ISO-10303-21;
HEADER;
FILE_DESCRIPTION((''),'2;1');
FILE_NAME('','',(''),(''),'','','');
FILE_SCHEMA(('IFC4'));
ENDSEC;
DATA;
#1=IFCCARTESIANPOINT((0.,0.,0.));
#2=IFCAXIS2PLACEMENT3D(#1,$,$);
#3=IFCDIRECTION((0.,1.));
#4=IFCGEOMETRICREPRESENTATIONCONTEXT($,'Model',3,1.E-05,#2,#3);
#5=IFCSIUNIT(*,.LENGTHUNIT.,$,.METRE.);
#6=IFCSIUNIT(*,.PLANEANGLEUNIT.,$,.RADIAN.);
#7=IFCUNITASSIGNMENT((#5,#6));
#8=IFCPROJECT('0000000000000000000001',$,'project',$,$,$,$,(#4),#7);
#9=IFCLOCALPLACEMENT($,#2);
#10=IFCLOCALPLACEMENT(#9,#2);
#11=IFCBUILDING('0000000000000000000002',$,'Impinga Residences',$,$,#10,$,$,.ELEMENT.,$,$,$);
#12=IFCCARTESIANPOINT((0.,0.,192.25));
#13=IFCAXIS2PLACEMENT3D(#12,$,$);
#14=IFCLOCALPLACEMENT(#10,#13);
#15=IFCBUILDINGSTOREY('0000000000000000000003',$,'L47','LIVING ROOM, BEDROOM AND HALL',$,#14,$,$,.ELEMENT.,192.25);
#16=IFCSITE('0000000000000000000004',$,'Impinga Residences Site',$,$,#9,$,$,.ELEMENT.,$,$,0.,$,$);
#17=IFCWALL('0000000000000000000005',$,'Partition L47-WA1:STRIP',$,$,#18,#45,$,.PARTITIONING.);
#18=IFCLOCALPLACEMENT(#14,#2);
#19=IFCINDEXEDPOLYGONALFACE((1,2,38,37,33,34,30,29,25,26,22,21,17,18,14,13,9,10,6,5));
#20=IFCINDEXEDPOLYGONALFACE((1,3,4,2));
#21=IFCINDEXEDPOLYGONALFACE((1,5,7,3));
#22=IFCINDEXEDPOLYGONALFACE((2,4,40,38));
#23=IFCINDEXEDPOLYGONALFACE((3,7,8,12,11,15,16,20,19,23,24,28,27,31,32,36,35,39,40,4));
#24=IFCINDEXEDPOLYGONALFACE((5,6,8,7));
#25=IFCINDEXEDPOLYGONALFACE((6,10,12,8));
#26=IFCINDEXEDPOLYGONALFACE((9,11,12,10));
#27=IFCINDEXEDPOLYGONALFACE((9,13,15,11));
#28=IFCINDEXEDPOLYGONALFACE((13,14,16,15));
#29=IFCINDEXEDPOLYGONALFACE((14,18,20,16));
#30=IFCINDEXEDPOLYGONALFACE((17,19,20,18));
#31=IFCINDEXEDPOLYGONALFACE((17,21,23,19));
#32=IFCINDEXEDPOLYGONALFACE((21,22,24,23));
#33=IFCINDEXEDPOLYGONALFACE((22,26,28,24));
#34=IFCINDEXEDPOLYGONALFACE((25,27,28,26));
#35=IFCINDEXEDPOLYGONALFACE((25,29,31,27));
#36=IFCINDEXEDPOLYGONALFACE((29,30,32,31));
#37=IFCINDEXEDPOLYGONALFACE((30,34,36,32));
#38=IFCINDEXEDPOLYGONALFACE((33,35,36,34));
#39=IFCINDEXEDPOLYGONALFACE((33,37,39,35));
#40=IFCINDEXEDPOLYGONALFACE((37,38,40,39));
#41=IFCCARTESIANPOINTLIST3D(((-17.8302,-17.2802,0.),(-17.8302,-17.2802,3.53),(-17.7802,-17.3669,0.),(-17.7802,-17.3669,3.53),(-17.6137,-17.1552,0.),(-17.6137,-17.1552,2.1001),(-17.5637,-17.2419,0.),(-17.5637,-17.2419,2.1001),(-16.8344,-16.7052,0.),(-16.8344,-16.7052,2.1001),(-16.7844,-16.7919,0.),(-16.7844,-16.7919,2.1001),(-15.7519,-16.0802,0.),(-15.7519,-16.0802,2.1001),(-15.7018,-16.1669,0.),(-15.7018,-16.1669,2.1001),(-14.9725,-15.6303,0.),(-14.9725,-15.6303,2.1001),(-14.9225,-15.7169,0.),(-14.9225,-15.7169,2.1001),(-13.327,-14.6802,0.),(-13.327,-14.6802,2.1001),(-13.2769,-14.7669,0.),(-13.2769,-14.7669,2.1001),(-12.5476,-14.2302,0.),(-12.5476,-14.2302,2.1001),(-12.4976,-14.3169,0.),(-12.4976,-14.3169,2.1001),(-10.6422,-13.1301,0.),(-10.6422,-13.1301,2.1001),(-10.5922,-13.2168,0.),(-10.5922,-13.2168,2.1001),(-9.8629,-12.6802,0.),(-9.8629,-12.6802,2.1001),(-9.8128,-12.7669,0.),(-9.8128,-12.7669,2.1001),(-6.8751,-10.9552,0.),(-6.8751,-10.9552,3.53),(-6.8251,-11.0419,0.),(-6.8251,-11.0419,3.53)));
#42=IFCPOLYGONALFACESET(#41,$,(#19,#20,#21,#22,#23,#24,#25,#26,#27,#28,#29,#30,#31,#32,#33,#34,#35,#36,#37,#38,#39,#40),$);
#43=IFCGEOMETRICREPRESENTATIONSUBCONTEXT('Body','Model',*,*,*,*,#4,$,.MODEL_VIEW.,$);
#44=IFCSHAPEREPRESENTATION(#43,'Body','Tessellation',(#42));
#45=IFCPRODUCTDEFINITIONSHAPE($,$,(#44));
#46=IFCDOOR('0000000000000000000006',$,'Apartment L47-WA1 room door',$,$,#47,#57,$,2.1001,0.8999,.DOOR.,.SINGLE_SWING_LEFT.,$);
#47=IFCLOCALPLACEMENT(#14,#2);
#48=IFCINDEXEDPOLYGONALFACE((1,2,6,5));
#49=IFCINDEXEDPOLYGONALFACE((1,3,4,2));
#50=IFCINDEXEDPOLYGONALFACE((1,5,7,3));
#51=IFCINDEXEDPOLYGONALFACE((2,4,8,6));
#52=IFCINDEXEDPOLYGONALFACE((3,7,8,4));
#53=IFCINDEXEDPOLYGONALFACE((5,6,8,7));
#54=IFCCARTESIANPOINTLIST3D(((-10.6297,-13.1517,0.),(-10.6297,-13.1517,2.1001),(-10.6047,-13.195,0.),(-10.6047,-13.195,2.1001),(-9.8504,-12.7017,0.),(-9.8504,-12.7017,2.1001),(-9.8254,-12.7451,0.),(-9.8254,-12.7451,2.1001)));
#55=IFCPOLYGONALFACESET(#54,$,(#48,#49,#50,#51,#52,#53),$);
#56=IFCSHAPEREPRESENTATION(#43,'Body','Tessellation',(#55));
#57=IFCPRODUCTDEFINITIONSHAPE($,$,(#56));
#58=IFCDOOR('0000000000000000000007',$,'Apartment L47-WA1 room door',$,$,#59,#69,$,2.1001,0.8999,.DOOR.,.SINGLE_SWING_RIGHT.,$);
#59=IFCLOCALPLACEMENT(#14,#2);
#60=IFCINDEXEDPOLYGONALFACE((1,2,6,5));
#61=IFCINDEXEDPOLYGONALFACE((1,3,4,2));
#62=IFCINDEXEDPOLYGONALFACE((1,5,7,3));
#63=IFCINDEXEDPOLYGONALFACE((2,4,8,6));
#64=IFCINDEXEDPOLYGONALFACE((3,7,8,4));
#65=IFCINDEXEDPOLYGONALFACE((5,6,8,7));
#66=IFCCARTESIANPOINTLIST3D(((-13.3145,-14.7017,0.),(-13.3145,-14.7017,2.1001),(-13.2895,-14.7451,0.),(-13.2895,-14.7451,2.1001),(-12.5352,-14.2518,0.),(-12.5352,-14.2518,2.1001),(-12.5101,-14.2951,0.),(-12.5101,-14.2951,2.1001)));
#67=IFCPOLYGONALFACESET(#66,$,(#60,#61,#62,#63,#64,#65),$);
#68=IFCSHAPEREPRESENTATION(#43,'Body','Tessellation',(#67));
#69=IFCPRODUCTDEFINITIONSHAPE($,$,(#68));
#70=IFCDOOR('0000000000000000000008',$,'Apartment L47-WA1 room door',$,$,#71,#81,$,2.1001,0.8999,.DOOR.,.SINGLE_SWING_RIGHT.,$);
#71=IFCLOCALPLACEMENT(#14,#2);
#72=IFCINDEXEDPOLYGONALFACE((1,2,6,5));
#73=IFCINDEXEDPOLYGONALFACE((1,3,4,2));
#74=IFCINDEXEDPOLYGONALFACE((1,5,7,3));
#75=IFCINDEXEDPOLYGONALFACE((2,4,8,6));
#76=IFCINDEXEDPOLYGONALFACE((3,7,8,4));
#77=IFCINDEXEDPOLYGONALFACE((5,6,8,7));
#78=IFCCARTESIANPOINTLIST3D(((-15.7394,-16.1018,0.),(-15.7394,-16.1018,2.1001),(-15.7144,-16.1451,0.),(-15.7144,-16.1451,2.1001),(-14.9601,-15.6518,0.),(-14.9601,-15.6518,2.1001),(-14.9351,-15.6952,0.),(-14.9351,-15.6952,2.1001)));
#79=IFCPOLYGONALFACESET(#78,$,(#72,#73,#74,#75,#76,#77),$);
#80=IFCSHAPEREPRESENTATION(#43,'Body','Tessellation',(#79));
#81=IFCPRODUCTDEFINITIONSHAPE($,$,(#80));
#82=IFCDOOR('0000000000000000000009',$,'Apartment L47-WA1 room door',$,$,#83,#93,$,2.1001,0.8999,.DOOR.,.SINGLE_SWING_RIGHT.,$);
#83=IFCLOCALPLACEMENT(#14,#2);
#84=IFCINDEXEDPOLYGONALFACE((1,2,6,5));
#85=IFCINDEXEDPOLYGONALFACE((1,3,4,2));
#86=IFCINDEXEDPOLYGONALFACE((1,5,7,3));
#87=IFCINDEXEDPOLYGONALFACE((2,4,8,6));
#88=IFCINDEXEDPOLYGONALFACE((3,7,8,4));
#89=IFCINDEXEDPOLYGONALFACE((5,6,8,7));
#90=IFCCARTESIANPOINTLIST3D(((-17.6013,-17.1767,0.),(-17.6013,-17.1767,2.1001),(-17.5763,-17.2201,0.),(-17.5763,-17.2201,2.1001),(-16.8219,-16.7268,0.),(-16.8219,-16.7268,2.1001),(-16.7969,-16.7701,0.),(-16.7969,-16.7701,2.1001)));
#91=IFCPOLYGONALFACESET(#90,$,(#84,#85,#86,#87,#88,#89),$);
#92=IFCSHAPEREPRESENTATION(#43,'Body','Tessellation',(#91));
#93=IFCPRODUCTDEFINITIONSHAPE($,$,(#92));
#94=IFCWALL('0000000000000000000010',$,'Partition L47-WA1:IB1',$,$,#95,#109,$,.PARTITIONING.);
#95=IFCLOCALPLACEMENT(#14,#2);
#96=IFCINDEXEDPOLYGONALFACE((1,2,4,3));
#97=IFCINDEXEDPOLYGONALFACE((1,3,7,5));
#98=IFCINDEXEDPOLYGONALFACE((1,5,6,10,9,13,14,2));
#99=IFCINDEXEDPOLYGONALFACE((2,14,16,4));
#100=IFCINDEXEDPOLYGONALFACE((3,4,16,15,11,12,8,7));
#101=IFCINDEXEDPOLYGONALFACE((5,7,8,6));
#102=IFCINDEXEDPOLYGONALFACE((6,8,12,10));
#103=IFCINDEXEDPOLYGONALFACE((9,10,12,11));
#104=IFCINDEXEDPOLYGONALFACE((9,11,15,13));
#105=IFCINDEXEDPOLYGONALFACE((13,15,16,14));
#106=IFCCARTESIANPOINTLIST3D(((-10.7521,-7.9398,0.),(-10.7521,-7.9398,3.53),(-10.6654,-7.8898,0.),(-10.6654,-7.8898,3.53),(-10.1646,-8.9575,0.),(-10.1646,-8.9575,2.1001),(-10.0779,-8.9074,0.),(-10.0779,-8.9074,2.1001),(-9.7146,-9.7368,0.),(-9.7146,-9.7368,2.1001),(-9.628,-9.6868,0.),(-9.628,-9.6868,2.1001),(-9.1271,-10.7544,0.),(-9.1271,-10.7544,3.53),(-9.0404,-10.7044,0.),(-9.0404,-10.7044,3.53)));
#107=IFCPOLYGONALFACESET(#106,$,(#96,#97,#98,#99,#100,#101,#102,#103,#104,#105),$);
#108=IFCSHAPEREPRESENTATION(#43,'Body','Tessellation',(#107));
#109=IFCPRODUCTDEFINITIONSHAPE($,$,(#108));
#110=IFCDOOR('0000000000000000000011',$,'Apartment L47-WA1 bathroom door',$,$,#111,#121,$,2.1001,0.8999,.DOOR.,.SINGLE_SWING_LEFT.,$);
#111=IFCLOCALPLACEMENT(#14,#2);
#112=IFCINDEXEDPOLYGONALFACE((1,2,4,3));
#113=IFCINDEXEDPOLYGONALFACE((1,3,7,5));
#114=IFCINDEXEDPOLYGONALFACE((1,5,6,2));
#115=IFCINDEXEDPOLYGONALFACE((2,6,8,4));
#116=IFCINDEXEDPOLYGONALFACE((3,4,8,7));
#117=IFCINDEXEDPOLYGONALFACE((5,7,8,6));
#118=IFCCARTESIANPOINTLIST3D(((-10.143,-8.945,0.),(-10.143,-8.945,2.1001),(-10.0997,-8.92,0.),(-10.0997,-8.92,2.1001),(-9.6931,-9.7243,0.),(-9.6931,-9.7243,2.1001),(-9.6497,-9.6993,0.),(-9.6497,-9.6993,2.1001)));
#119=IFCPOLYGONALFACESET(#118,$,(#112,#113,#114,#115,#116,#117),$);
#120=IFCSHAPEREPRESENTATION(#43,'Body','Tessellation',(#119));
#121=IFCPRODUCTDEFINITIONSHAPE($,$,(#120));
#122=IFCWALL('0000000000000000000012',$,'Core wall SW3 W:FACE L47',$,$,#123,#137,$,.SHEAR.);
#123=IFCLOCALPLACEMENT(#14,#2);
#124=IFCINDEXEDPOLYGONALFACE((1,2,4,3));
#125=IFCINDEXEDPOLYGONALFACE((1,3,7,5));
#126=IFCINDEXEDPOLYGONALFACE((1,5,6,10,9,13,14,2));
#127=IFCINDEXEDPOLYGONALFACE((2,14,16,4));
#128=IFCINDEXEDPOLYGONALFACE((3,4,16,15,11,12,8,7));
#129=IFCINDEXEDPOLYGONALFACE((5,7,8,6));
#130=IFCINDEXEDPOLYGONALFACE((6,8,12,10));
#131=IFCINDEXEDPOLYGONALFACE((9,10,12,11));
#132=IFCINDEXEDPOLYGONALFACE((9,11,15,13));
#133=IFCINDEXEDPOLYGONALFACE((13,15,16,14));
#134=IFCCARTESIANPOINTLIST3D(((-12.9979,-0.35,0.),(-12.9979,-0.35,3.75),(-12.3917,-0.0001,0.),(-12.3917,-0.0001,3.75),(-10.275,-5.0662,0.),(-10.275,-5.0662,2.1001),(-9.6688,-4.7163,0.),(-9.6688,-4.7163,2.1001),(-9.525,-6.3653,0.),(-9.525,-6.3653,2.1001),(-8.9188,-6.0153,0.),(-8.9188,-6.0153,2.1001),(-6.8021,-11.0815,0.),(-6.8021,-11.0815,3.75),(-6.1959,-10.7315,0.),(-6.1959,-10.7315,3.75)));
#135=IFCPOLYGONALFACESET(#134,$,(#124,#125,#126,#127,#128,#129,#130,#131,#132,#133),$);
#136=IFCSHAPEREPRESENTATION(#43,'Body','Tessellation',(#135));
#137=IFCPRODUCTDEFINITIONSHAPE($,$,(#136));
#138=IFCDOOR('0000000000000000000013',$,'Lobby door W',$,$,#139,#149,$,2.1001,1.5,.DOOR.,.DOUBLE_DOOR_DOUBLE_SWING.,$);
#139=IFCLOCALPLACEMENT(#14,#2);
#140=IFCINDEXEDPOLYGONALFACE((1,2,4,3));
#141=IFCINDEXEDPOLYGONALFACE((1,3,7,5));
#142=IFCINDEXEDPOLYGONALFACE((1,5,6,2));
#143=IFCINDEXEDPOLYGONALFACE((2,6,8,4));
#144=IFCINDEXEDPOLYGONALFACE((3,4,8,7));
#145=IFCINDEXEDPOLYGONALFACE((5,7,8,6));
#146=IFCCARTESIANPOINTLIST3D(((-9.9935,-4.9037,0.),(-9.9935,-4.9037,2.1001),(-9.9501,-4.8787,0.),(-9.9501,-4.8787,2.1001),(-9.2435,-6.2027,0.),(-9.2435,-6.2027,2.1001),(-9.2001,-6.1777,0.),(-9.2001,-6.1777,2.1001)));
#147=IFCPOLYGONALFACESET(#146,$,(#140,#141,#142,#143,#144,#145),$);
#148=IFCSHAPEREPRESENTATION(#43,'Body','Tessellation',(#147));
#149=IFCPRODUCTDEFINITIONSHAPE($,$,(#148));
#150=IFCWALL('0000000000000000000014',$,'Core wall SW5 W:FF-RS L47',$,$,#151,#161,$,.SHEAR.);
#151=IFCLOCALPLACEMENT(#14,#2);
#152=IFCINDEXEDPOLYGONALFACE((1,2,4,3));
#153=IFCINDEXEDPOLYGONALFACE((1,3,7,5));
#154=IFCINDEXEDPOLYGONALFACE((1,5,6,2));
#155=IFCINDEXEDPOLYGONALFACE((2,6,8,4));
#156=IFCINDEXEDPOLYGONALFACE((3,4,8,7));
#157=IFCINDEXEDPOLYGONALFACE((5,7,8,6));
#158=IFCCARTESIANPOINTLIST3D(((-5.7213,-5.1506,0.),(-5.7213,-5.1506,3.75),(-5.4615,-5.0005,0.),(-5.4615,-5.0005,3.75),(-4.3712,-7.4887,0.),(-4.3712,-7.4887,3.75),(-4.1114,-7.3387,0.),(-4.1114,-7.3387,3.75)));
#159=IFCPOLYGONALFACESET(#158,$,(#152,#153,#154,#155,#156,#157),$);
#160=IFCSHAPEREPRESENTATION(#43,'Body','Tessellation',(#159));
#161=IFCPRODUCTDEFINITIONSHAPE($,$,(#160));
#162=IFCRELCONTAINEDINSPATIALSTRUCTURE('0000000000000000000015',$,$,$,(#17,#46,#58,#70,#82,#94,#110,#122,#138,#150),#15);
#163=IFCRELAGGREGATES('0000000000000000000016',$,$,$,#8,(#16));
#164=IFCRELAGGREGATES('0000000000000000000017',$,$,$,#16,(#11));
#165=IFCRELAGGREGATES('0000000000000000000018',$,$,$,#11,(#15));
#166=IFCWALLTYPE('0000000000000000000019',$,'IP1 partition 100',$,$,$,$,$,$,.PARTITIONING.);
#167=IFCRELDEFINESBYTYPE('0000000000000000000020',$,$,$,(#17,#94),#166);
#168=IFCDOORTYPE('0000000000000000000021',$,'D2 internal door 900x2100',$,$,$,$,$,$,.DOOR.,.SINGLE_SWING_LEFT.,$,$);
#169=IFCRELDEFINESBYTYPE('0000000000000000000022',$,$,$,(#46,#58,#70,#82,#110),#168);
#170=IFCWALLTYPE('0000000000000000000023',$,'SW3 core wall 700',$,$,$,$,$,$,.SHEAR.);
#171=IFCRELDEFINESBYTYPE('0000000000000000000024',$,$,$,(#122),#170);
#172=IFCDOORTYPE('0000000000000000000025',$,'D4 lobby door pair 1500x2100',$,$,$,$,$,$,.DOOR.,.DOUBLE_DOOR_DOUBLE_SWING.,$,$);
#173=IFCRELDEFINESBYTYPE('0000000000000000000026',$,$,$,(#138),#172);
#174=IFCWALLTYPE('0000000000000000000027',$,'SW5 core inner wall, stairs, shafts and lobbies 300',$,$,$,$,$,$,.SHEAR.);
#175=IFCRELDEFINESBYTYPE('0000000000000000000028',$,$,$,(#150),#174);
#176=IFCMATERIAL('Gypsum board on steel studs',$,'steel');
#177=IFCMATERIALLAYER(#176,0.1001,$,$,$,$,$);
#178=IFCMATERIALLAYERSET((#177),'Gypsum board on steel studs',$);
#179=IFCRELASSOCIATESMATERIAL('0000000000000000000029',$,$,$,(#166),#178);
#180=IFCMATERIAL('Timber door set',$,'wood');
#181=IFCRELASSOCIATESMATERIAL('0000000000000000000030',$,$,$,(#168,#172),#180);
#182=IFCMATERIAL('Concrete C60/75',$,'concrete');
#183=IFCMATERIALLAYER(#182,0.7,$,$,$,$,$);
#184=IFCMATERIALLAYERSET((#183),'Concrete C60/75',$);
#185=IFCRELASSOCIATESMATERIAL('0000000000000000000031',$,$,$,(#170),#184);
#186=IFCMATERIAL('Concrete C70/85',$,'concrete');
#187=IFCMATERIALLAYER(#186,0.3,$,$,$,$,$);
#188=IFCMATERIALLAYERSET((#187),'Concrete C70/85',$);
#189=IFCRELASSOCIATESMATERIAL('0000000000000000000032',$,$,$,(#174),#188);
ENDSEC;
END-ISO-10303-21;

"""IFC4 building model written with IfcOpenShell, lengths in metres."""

from ifc_helpers import new_model, si_unit, direction, frame, frame_2d, origin, place, context, subcontext, project, spatial, rectangle, extrude, material, layer, layer_set, type_object, element, fill, save


model = new_model("IFC4")

# Units and contexts
model_context = context("Model", 3, precision=1e-05, world=origin(), true_north=direction((0.0, 1.0)))
body_context = subcontext(model_context, "Body", "Model", "MODEL_VIEW")
ifc_project = project(units=[si_unit("LENGTHUNIT", "METRE"), si_unit("PLANEANGLEUNIT", "RADIAN")], contexts=[model_context])

# Site, building, storey
site_placement = place(None, origin())
site = spatial("IfcSite", under=ifc_project, at=site_placement, Name="Impinga Residences Site", CompositionType="ELEMENT", RefElevation=0.0)
building_placement = place(site_placement, origin())
building = spatial("IfcBuilding", under=site, at=building_placement, Name="Impinga Residences", CompositionType="ELEMENT")
storey_placement = place(building_placement, frame((0.0, 0.0, 192.25)))
storey = spatial("IfcBuildingStorey", under=building, at=storey_placement, Name="L47", Description="LIVING ROOM, BEDROOM AND HALL", CompositionType="ELEMENT", Elevation=192.25)

# Shared definitions
ifc_material_1 = material(Name="Concrete C60/75", Category="concrete")
ifc_material_2 = material(Name="Timber door set", Category="wood")

# Shared definitions
ifc_material_3 = material(Name="Gypsum board on steel studs", Category="steel")
ifc_layer_1 = layer(ifc_material_3, 0.1001)
ifc_layer_set_1 = layer_set([ifc_layer_1], Name="Gypsum board on steel studs")
wall_type_1 = type_object("IfcWallType", Name="IP1 partition 100", PredefinedType="PARTITIONING", material=ifc_layer_set_1)

# Wall, openings, doors
wall_1_placement = place(storey_placement, frame((-6.8501, -10.9985, 0.0), z_axis=(0.0, 0.0, 1.0), x_axis=(-0.866024, -0.500002, 0.0)))
wall_1 = element("IfcWall", 1, at=wall_1_placement, inside=storey, type_object=wall_type_1, Name="Partition L47-WA1:STRIP", PredefinedType="PARTITIONING", context=body_context, shape_type="SweptSolid", body=[
    extrude(rectangle(XDim=12.6499, YDim=0.1001, at=frame_2d((6.325, 0.0))), origin(), (0.0, 0.0, 1.0), 3.53),
])
opening_1_placement = place(wall_1_placement, frame((3.45, 0.0, 0.0)))
opening_1 = element("IfcOpeningElement", 2, at=opening_1_placement, cuts=wall_1, PredefinedType="OPENING", context=body_context, shape_type="SweptSolid", body=[
    extrude(rectangle(XDim=0.8999, YDim=2.1001, at=frame_2d((0.45, 1.05))), frame((0.0, 0.0601, 0.0), z_axis=(0.0, -1.0, 0.0), x_axis=(1.0, 0.0, 0.0)), (0.0, 0.0, 1.0), 0.1201),
])
opening_2_placement = place(wall_1_placement, frame((6.55, 0.0, 0.0)))
opening_2 = element("IfcOpeningElement", 3, at=opening_2_placement, cuts=wall_1, PredefinedType="OPENING", context=body_context, shape_type="SweptSolid", body=[
    extrude(rectangle(XDim=0.8999, YDim=2.1001, at=frame_2d((0.45, 1.05))), frame((0.0, 0.0601, 0.0), z_axis=(0.0, -1.0, 0.0), x_axis=(1.0, 0.0, 0.0)), (0.0, 0.0, 1.0), 0.1201),
])
opening_3_placement = place(wall_1_placement, frame((9.3501, 0.0, 0.0)))
opening_3 = element("IfcOpeningElement", 4, at=opening_3_placement, cuts=wall_1, PredefinedType="OPENING", context=body_context, shape_type="SweptSolid", body=[
    extrude(rectangle(XDim=0.8999, YDim=2.1001, at=frame_2d((0.45, 1.05))), frame((0.0, 0.0601, 0.0), z_axis=(0.0, -1.0, 0.0), x_axis=(1.0, 0.0, 0.0)), (0.0, 0.0, 1.0), 0.1201),
])
opening_4_placement = place(wall_1_placement, frame((11.5, 0.0, 0.0)))
opening_4 = element("IfcOpeningElement", 5, at=opening_4_placement, cuts=wall_1, PredefinedType="OPENING", context=body_context, shape_type="SweptSolid", body=[
    extrude(rectangle(XDim=0.8999, YDim=2.1001, at=frame_2d((0.45, 1.05))), frame((0.0, 0.0601, 0.0), z_axis=(0.0, -1.0, 0.0), x_axis=(1.0, 0.0, 0.0)), (0.0, 0.0, 1.0), 0.1201),
])
door_type_1 = type_object("IfcDoorType", Name="D2 internal door 900x2100", OperationType="SINGLE_SWING_LEFT", PredefinedType="DOOR", material=ifc_material_2)
door_1_placement = place(opening_1_placement, origin())
door_1 = element("IfcDoor", 6, at=door_1_placement, inside=storey, type_object=door_type_1, Name="Apartment L47-WA1 room door", OperationType="SINGLE_SWING_LEFT", OverallHeight=2.1001, OverallWidth=0.8999, PredefinedType="DOOR", context=body_context, shape_type="SweptSolid", body=[
    extrude(rectangle(XDim=0.8999, YDim=2.1001, at=frame_2d((0.45, 1.05))), frame((0.0, 0.0249, 0.0), z_axis=(0.0, -1.0, 0.0), x_axis=(1.0, 0.0, 0.0)), (0.0, 0.0, 1.0), 0.05),
])
fill(opening_1, door_1)
door_2_placement = place(opening_2_placement, origin())
door_2 = element("IfcDoor", 7, at=door_2_placement, inside=storey, type_object=door_type_1, Name="Apartment L47-WA1 room door", OperationType="SINGLE_SWING_RIGHT", OverallHeight=2.1001, OverallWidth=0.8999, PredefinedType="DOOR", context=body_context, shape_type="SweptSolid", body=[
    extrude(rectangle(XDim=0.8999, YDim=2.1001, at=frame_2d((0.45, 1.05))), frame((0.0, 0.0249, 0.0), z_axis=(0.0, -1.0, 0.0), x_axis=(1.0, 0.0, 0.0)), (0.0, 0.0, 1.0), 0.05),
])
fill(opening_2, door_2)
door_3_placement = place(opening_3_placement, origin())
door_3 = element("IfcDoor", 8, at=door_3_placement, inside=storey, type_object=door_type_1, Name="Apartment L47-WA1 room door", OperationType="SINGLE_SWING_RIGHT", OverallHeight=2.1001, OverallWidth=0.8999, PredefinedType="DOOR", context=body_context, shape_type="SweptSolid", body=[
    extrude(rectangle(XDim=0.8999, YDim=2.1001, at=frame_2d((0.45, 1.05))), frame((0.0, 0.0249, 0.0), z_axis=(0.0, -1.0, 0.0), x_axis=(1.0, 0.0, 0.0)), (0.0, 0.0, 1.0), 0.05),
])
fill(opening_3, door_3)
door_4_placement = place(opening_4_placement, origin())
door_4 = element("IfcDoor", 9, at=door_4_placement, inside=storey, type_object=door_type_1, Name="Apartment L47-WA1 room door", OperationType="SINGLE_SWING_RIGHT", OverallHeight=2.1001, OverallWidth=0.8999, PredefinedType="DOOR", context=body_context, shape_type="SweptSolid", body=[
    extrude(rectangle(XDim=0.8999, YDim=2.1001, at=frame_2d((0.45, 1.05))), frame((0.0, 0.0249, 0.0), z_axis=(0.0, -1.0, 0.0), x_axis=(1.0, 0.0, 0.0)), (0.0, 0.0, 1.0), 0.05),
])
fill(opening_4, door_4)

# Walls, openings, doors
wall_2_placement = place(storey_placement, frame((-10.7087, -7.9148, 0.0), z_axis=(0.0, 0.0, 1.0), x_axis=(0.499985, -0.866034, 0.0)))
wall_2 = element("IfcWall", 10, at=wall_2_placement, inside=storey, type_object=wall_type_1, Name="Partition L47-WA1:IB1", PredefinedType="PARTITIONING", context=body_context, shape_type="SweptSolid", body=[
    extrude(rectangle(XDim=3.25, YDim=0.1001, at=frame_2d((1.625, 0.0))), origin(), (0.0, 0.0, 1.0), 3.53),
])
opening_5_placement = place(wall_2_placement, frame((1.175, 0.0, 0.0)))
opening_5 = element("IfcOpeningElement", 11, at=opening_5_placement, cuts=wall_2, PredefinedType="OPENING", context=body_context, shape_type="SweptSolid", body=[
    extrude(rectangle(XDim=0.8999, YDim=2.1001, at=frame_2d((0.45, 1.05))), frame((0.0, 0.0601, 0.0), z_axis=(0.0, -1.0, 0.0), x_axis=(1.0, 0.0, 0.0)), (0.0, 0.0, 1.0), 0.1201),
])
door_5_placement = place(opening_5_placement, origin())
door_5 = element("IfcDoor", 12, at=door_5_placement, inside=storey, type_object=door_type_1, Name="Apartment L47-WA1 bathroom door", OperationType="SINGLE_SWING_LEFT", OverallHeight=2.1001, OverallWidth=0.8999, PredefinedType="DOOR", context=body_context, shape_type="SweptSolid", body=[
    extrude(rectangle(XDim=0.8999, YDim=2.1001, at=frame_2d((0.45, 1.05))), frame((0.0, 0.0249, 0.0), z_axis=(0.0, -1.0, 0.0), x_axis=(1.0, 0.0, 0.0)), (0.0, 0.0, 1.0), 0.05),
])
fill(opening_5, door_5)
ifc_layer_2 = layer(ifc_material_1, 0.7)
ifc_layer_set_2 = layer_set([ifc_layer_2], Name="Concrete C60/75")
wall_type_2 = type_object("IfcWallType", Name="SW3 core wall 700", PredefinedType="SHEAR", material=ifc_layer_set_2)
wall_3_placement = place(storey_placement, frame((-6.499, -10.9065, 0.0), z_axis=(0.0, 0.0, 1.0), x_axis=(-0.5, 0.866025, 0.0)))
wall_3 = element("IfcWall", 13, at=wall_3_placement, inside=storey, type_object=wall_type_2, Name="Core wall SW3 W:FACE L47", PredefinedType="SHEAR", context=body_context, shape_type="SweptSolid", body=[
    extrude(rectangle(XDim=12.3916, YDim=0.7, at=frame_2d((6.1958, 0.0))), origin(), (0.0, 0.0, 1.0), 3.75),
])
opening_6_placement = place(wall_3_placement, frame((5.4458, 0.0, 0.0)))
opening_6 = element("IfcOpeningElement", 14, at=opening_6_placement, cuts=wall_3, PredefinedType="OPENING", context=body_context, shape_type="SweptSolid", body=[
    extrude(rectangle(XDim=1.5, YDim=2.1001, at=frame_2d((0.75, 1.05))), frame((0.0, 0.3599, 0.0), z_axis=(0.0, -1.0, 0.0), x_axis=(1.0, 0.0, 0.0)), (0.0, 0.0, 1.0), 0.72),
])
door_type_2 = type_object("IfcDoorType", Name="D4 lobby door pair 1500x2100", OperationType="DOUBLE_DOOR_DOUBLE_SWING", PredefinedType="DOOR", material=ifc_material_2)
door_6_placement = place(opening_6_placement, origin())
door_6 = element("IfcDoor", 15, at=door_6_placement, inside=storey, type_object=door_type_2, Name="Lobby door W", OperationType="DOUBLE_DOOR_DOUBLE_SWING", OverallHeight=2.1001, OverallWidth=1.5, PredefinedType="DOOR", context=body_context, shape_type="SweptSolid", body=[
    extrude(rectangle(XDim=1.5, YDim=2.1001, at=frame_2d((0.75, 1.05))), frame((0.0, 0.0249, 0.0), z_axis=(0.0, -1.0, 0.0), x_axis=(1.0, 0.0, 0.0)), (0.0, 0.0, 1.0), 0.05),
])
fill(opening_6, door_6)

# Wall
ifc_material_4 = material(Name="Concrete C70/85", Category="concrete")
ifc_layer_3 = layer(ifc_material_4, 0.3)
ifc_layer_set_3 = layer_set([ifc_layer_3], Name="Concrete C70/85")
wall_type_3 = type_object("IfcWallType", Name="SW5 core inner wall, stairs, shafts and lobbies 300", PredefinedType="SHEAR", material=ifc_layer_set_3)
wall_4_placement = place(storey_placement, frame((-4.2412, -7.4138, 0.0), z_axis=(0.0, 0.0, 1.0), x_axis=(-0.500049, 0.865997, 0.0)))
element("IfcWall", 16, at=wall_4_placement, inside=storey, type_object=wall_type_3, Name="Core wall SW5 W:FF-RS L47", PredefinedType="SHEAR", context=body_context, shape_type="SweptSolid", body=[
    extrude(rectangle(XDim=2.7, YDim=0.3, at=frame_2d((1.3501, 0.0))), origin(), (0.0, 0.0, 1.0), 3.75),
])

save(model, "model.ifc")
